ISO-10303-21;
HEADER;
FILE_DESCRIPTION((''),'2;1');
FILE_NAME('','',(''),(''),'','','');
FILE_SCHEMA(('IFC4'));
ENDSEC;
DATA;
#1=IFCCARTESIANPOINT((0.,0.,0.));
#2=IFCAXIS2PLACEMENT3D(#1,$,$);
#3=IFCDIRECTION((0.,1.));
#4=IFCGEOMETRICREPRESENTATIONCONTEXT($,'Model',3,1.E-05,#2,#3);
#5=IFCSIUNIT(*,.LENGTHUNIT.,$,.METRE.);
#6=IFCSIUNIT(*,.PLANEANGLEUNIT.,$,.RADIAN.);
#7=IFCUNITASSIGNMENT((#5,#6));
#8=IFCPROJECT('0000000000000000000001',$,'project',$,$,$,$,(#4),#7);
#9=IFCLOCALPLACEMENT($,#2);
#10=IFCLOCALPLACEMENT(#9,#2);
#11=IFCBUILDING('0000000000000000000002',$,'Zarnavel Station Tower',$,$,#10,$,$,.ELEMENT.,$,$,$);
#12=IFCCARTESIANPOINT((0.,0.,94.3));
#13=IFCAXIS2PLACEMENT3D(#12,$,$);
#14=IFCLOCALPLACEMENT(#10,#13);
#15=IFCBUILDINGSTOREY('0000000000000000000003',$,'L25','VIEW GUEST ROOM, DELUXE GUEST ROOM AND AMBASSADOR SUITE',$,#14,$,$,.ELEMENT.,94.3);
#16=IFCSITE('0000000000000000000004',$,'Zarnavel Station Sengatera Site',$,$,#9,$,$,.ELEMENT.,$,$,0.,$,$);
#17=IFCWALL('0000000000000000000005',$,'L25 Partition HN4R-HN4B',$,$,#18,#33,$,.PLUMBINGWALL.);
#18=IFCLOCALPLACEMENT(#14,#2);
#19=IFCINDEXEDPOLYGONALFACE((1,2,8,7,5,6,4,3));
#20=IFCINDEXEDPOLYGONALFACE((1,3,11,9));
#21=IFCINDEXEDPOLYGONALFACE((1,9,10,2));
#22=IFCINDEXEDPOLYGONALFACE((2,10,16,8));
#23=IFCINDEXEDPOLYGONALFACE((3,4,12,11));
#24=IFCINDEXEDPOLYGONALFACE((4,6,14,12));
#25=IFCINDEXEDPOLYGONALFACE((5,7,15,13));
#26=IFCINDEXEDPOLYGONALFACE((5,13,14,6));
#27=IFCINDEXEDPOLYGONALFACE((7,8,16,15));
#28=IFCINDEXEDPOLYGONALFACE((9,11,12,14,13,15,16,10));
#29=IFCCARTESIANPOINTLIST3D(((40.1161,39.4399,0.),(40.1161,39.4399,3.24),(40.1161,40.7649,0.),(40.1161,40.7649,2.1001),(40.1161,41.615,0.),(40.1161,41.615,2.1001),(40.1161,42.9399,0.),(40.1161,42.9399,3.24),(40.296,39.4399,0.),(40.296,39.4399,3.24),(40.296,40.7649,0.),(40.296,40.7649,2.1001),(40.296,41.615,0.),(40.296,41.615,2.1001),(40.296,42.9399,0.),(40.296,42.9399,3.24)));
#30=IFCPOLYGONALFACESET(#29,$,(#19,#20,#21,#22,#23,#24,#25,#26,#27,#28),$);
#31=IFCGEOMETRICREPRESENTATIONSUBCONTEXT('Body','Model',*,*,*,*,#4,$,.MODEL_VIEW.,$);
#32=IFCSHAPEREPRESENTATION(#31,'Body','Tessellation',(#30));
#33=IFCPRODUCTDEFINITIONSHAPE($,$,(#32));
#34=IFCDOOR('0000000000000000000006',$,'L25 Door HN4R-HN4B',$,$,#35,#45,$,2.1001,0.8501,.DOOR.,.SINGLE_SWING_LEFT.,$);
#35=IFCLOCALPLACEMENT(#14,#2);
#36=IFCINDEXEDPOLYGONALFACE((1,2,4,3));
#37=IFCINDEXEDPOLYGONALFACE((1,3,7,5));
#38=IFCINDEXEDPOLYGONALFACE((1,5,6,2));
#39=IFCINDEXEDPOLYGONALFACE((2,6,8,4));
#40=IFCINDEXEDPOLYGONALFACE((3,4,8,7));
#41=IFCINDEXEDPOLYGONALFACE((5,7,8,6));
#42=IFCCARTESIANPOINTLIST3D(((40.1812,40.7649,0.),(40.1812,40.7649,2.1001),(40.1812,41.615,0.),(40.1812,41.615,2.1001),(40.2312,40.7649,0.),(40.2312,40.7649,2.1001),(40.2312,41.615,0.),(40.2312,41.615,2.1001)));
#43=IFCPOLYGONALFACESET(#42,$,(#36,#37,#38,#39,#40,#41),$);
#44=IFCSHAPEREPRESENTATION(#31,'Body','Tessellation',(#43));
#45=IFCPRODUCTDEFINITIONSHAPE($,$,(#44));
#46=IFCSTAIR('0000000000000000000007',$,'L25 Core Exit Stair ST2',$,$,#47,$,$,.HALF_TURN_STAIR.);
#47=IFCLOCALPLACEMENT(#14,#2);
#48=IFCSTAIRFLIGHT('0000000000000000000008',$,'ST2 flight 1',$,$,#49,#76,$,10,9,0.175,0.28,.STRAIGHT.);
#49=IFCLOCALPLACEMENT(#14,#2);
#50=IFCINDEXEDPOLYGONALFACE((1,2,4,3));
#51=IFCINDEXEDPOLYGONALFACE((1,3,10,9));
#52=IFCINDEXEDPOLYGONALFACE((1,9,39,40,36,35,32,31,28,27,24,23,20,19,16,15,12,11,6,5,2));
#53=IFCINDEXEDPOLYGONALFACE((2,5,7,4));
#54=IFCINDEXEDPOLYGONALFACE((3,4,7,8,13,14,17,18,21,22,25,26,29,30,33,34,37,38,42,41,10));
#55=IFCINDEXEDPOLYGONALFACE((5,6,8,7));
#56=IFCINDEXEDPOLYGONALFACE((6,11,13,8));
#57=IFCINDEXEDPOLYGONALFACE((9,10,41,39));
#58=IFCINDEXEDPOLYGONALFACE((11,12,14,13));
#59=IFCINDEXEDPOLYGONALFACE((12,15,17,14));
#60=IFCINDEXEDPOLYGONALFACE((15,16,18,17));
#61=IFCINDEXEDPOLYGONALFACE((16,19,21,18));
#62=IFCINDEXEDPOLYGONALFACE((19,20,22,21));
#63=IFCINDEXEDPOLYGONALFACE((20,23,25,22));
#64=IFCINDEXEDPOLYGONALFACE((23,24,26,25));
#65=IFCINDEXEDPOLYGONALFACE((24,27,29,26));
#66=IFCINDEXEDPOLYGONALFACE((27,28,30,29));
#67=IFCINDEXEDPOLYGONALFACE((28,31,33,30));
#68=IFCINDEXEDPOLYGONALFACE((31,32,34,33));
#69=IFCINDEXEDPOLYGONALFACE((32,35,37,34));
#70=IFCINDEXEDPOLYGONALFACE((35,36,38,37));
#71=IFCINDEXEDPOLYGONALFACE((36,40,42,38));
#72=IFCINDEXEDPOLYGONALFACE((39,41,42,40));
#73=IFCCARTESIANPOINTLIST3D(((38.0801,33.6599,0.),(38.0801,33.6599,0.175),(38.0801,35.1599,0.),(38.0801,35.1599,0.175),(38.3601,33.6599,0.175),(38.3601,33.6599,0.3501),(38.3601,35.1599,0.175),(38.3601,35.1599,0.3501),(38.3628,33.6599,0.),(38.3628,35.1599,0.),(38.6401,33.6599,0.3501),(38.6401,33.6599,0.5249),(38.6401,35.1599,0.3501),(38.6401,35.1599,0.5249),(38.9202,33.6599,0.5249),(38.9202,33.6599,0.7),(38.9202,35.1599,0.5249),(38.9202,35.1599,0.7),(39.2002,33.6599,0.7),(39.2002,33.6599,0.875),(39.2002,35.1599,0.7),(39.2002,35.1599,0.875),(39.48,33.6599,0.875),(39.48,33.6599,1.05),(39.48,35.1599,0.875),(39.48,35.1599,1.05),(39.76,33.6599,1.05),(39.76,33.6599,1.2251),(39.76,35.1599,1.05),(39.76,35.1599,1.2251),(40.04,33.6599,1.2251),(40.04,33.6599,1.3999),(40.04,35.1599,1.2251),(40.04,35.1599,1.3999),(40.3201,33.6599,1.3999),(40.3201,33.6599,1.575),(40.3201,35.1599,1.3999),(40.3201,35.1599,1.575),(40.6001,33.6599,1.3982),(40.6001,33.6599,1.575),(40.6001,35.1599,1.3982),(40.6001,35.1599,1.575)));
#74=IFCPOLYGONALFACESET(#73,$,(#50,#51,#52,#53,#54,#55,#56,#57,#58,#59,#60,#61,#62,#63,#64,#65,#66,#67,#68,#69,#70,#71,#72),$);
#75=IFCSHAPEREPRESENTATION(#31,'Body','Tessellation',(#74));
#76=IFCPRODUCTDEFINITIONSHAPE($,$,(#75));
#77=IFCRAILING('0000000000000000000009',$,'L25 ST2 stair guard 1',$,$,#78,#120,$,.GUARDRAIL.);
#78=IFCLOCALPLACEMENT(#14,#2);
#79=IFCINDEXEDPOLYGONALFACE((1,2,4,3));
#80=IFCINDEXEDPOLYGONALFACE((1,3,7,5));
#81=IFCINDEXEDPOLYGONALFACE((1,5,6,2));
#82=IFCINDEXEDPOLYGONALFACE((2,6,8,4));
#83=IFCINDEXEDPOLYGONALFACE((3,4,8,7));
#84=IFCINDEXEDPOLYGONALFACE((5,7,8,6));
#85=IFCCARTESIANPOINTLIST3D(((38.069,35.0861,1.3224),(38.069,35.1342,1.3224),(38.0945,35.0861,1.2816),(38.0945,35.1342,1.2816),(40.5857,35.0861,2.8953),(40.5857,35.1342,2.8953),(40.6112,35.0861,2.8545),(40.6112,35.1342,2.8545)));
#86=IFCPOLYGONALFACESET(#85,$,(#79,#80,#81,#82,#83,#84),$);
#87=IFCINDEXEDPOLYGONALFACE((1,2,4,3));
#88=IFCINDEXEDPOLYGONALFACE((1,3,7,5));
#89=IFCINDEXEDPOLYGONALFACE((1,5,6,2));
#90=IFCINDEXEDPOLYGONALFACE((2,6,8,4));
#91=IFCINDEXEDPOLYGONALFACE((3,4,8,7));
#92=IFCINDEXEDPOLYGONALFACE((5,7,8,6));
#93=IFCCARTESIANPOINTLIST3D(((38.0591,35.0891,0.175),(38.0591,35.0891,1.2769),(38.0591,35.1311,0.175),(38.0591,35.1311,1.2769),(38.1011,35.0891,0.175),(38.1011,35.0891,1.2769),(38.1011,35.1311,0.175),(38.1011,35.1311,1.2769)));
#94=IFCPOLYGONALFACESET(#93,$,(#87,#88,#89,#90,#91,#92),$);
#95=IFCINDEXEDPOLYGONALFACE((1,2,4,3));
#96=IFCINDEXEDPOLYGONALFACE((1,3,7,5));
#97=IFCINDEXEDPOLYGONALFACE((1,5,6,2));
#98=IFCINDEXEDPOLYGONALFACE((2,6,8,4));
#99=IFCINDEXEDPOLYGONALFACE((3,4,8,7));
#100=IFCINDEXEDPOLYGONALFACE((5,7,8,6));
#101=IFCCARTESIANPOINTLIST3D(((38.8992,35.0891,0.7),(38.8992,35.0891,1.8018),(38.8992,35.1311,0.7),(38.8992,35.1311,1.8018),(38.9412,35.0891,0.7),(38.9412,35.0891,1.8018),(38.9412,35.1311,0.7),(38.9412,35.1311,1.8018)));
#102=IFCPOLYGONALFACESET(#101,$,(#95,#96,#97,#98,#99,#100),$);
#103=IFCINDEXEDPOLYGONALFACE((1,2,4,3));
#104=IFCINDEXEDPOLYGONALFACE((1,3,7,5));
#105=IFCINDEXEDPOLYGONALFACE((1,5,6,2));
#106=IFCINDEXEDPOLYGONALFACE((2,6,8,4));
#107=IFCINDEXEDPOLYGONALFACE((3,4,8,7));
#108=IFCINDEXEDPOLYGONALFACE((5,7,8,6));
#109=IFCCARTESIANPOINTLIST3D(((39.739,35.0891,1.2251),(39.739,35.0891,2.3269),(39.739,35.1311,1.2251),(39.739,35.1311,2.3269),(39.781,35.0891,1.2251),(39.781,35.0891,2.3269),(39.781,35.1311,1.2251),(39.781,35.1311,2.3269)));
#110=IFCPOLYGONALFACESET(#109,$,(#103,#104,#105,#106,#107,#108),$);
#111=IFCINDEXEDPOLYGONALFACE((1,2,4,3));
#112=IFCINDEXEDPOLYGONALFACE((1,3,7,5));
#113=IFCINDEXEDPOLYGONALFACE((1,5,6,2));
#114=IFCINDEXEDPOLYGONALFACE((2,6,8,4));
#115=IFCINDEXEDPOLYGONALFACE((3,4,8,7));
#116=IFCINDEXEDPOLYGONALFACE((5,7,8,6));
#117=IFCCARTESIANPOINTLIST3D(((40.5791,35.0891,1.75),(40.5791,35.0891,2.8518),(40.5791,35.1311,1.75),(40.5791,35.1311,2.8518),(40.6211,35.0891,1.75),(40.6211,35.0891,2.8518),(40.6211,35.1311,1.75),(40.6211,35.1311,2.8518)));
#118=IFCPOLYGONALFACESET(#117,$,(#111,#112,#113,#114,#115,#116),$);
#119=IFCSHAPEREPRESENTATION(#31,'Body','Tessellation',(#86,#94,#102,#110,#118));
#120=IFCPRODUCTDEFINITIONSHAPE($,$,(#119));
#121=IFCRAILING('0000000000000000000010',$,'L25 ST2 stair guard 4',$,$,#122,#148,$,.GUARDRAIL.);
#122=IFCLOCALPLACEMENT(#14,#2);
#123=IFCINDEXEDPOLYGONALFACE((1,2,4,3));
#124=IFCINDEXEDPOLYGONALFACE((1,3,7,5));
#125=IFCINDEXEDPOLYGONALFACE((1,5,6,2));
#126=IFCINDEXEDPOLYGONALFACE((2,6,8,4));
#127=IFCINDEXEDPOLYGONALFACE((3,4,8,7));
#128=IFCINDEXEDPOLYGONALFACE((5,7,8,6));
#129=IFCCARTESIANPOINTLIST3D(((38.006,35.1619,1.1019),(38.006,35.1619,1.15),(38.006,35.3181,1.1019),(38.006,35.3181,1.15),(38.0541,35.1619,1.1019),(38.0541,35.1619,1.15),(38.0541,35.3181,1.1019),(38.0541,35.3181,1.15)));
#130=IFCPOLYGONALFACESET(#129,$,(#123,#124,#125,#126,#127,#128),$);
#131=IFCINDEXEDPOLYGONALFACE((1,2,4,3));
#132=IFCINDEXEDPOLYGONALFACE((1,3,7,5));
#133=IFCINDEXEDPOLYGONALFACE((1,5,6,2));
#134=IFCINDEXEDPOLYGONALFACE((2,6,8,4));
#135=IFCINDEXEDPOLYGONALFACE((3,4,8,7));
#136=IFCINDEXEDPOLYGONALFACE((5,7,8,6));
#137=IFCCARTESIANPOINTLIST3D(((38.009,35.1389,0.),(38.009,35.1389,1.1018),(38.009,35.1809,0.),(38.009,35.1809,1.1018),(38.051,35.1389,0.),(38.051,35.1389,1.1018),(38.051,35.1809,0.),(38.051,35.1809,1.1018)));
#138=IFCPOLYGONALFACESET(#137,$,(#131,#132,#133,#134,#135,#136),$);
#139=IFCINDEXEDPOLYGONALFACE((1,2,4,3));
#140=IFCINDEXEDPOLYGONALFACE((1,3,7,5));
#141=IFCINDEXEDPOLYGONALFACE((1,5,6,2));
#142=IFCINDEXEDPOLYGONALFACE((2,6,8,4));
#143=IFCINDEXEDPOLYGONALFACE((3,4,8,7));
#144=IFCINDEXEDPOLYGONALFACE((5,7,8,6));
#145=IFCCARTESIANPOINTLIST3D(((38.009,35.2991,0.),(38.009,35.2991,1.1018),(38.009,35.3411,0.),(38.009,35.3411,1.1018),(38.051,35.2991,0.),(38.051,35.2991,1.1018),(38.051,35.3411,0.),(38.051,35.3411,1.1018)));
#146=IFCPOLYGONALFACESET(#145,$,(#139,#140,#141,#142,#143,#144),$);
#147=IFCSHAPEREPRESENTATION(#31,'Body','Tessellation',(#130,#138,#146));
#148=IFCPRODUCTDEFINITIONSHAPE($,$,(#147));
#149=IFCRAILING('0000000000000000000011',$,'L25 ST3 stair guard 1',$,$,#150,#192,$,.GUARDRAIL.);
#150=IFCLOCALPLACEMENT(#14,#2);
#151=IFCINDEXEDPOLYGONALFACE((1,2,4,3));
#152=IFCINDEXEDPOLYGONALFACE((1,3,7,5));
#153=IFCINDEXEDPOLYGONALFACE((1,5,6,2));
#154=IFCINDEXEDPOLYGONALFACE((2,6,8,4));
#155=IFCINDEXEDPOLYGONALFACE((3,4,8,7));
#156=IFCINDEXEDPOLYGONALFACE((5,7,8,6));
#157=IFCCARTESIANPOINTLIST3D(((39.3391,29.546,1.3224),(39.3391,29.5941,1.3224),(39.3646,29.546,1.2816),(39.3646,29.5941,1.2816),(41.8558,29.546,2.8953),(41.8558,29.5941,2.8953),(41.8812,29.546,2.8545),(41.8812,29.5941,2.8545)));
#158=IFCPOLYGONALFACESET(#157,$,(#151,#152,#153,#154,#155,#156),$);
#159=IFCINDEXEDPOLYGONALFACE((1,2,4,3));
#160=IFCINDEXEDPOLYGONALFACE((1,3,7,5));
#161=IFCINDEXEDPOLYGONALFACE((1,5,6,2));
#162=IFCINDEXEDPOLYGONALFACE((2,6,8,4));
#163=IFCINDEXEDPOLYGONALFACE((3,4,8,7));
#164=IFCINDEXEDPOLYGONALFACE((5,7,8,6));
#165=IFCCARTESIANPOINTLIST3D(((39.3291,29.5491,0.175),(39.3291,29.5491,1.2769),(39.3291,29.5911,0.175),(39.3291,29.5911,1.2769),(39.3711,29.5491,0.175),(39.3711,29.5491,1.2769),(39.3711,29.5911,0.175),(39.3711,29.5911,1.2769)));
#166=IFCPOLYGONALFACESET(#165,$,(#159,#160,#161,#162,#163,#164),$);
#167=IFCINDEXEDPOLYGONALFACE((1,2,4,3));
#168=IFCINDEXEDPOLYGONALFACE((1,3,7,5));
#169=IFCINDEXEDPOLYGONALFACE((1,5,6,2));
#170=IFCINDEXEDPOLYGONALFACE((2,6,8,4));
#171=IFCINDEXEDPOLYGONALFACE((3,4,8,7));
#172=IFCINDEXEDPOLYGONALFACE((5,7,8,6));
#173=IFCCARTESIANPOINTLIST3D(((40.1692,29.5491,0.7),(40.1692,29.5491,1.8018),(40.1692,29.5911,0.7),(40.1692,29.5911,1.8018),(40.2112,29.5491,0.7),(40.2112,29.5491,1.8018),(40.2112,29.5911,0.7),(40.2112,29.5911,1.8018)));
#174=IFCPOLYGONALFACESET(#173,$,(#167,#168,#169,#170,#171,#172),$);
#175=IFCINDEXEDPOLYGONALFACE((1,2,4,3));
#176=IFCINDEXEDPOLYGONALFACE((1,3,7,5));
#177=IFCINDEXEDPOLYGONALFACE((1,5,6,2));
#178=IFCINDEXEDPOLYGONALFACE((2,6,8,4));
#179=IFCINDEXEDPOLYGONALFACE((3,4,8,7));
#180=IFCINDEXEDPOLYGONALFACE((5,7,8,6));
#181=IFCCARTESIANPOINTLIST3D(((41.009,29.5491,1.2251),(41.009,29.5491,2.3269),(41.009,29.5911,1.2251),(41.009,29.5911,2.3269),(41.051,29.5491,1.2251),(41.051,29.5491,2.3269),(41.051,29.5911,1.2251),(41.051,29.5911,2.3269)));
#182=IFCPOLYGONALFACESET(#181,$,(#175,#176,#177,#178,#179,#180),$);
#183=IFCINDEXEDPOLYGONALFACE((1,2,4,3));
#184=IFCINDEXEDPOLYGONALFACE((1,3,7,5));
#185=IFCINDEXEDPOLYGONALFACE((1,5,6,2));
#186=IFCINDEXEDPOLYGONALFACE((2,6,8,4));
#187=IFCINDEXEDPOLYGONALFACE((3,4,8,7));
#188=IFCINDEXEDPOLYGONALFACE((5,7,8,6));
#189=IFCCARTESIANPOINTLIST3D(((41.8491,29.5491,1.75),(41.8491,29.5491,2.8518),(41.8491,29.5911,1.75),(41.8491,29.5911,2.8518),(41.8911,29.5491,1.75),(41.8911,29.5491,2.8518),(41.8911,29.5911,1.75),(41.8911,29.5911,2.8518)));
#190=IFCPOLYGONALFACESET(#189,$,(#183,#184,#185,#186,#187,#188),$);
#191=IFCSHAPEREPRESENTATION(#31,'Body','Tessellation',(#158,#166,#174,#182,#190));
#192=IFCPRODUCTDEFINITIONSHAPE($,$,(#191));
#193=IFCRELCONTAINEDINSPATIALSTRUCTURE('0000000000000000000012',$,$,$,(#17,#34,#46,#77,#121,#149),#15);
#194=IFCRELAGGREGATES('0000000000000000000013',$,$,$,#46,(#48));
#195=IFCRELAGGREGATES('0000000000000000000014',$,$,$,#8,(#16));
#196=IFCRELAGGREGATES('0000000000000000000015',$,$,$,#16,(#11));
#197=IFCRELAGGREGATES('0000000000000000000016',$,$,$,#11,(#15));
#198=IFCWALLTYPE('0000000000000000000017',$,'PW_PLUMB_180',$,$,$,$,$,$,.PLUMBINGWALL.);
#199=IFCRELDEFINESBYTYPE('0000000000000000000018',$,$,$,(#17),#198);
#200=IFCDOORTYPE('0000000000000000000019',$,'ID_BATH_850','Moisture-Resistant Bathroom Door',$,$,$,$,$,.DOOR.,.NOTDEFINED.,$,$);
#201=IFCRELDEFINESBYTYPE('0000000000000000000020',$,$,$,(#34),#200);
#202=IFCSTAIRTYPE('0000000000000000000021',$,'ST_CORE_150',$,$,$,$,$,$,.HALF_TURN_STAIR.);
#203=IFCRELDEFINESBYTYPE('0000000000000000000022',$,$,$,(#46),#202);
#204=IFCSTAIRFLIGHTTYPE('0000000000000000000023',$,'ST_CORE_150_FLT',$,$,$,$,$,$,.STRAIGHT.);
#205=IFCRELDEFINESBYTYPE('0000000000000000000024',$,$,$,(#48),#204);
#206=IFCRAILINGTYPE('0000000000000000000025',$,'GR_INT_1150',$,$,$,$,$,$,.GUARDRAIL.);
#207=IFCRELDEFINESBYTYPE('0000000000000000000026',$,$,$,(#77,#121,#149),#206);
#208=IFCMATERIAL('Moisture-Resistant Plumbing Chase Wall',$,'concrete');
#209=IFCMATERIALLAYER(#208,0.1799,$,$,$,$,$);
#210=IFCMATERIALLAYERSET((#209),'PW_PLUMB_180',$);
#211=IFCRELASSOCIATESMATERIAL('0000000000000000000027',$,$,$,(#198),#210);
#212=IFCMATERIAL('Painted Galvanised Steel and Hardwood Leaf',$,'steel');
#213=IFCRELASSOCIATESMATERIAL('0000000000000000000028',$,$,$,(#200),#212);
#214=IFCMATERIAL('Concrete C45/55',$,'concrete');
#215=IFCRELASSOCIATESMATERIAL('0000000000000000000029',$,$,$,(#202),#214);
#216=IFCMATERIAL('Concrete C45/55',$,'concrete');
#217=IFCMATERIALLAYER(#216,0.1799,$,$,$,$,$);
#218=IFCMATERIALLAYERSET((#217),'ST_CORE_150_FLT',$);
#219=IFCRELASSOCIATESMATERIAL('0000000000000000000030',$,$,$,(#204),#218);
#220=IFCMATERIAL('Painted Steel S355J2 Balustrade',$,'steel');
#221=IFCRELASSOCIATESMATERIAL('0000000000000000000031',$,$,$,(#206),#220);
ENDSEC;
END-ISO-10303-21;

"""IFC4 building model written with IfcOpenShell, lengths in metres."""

from ifc_helpers import new_model, si_unit, direction, frame, frame_2d, origin, origin_2d, place, context, subcontext, project, spatial, polyline, rectangle, outline, extrude, material, layer, layer_set, type_object, element, fill, aggregate, save


model = new_model("IFC4")

# Units and contexts
model_context = context("Model", 3, precision=1e-05, world=origin(), true_north=direction((0.0, 1.0)))
body_context = subcontext(model_context, "Body", "Model", "MODEL_VIEW")
ifc_project = project(units=[si_unit("LENGTHUNIT", "METRE"), si_unit("PLANEANGLEUNIT", "RADIAN")], contexts=[model_context])

# Site, building, storey
site_placement = place(None, origin())
site = spatial("IfcSite", under=ifc_project, at=site_placement, Name="Zarnavel Station Sengatera Site", CompositionType="ELEMENT", RefElevation=0.0)
building_placement = place(site_placement, origin())
building = spatial("IfcBuilding", under=site, at=building_placement, Name="Zarnavel Station Tower", CompositionType="ELEMENT")
storey_placement = place(building_placement, frame((0.0, 0.0, 94.3)))
storey = spatial("IfcBuildingStorey", under=building, at=storey_placement, Name="L25", Description="VIEW GUEST ROOM, DELUXE GUEST ROOM AND AMBASSADOR SUITE", CompositionType="ELEMENT", Elevation=94.3)

# Wall, opening, door
ifc_material_1 = material(Name="Moisture-Resistant Plumbing Chase Wall", Category="concrete")
ifc_layer_1 = layer(ifc_material_1, 0.1799)
ifc_layer_set_1 = layer_set([ifc_layer_1], Name="PW_PLUMB_180")
wall_type_1 = type_object("IfcWallType", Name="PW_PLUMB_180", PredefinedType="PLUMBINGWALL", material=ifc_layer_set_1)
wall_1_placement = place(storey_placement, frame((40.2061, 39.4399, 0.0), z_axis=(0.0, 0.0, 1.0), x_axis=(0.0, 1.0, 0.0)))
wall_1 = element("IfcWall", 1, at=wall_1_placement, inside=storey, type_object=wall_type_1, Name="L25 Partition HN4R-HN4B", PredefinedType="PLUMBINGWALL", context=body_context, shape_type="SweptSolid", body=[
    extrude(rectangle(XDim=3.5, YDim=0.1799, at=frame_2d((1.75, 0.0))), origin(), (0.0, 0.0, 1.0), 3.24),
])
opening_1_placement = place(wall_1_placement, frame((1.325, 0.0, 0.0)))
opening_1 = element("IfcOpeningElement", 2, at=opening_1_placement, cuts=wall_1, PredefinedType="OPENING", context=body_context, shape_type="SweptSolid", body=[
    extrude(rectangle(XDim=0.8501, YDim=2.1001, at=frame_2d((0.425, 1.05))), frame((0.0, 0.0999, 0.0), z_axis=(0.0, -1.0, 0.0), x_axis=(1.0, 0.0, 0.0)), (0.0, 0.0, 1.0), 0.2),
])
ifc_material_2 = material(Name="Painted Galvanised Steel and Hardwood Leaf", Category="steel")
door_type_1 = type_object("IfcDoorType", Name="ID_BATH_850", Description="Moisture-Resistant Bathroom Door", OperationType="NOTDEFINED", PredefinedType="DOOR", material=ifc_material_2)
door_1_placement = place(opening_1_placement, origin())
door_1 = element("IfcDoor", 3, at=door_1_placement, inside=storey, type_object=door_type_1, Name="L25 Door HN4R-HN4B", OperationType="SINGLE_SWING_LEFT", OverallHeight=2.1001, OverallWidth=0.8501, PredefinedType="DOOR", context=body_context, shape_type="SweptSolid", body=[
    extrude(rectangle(XDim=0.8501, YDim=2.1001, at=frame_2d((0.425, 1.05))), frame((0.0, 0.0249, 0.0), z_axis=(0.0, -1.0, 0.0), x_axis=(1.0, 0.0, 0.0)), (0.0, 0.0, 1.0), 0.05),
])
fill(opening_1, door_1)

# Stair, stair flight
ifc_material_3 = material(Name="Concrete C45/55", Category="concrete")
stair_type = type_object("IfcStairType", Name="ST_CORE_150", PredefinedType="HALF_TURN_STAIR", material=ifc_material_3)
stair_placement = place(storey_placement, origin())
stair = element("IfcStair", 4, at=stair_placement, inside=storey, type_object=stair_type, Name="L25 Core Exit Stair ST2", PredefinedType="HALF_TURN_STAIR")
ifc_material_4 = material(Name="Concrete C45/55", Category="concrete")
ifc_layer_2 = layer(ifc_material_4, 0.1799)
ifc_layer_set_2 = layer_set([ifc_layer_2], Name="ST_CORE_150_FLT")
stair_flight_type = type_object("IfcStairFlightType", Name="ST_CORE_150_FLT", PredefinedType="STRAIGHT", material=ifc_layer_set_2)
stair_flight_placement = place(storey_placement, frame((38.0801, 34.4099, 0.0), z_axis=(0.0, 0.0, 1.0), x_axis=(1.0, 0.0, 0.0)))
stair_flight = element("IfcStairFlight", 5, at=stair_flight_placement, type_object=stair_flight_type, Name="ST2 flight 1", NumberOfRisers=10, NumberOfTreads=9, PredefinedType="STRAIGHT", RiserHeight=0.175, TreadLength=0.28, context=body_context, shape_type="SweptSolid", body=[
    extrude(outline(polyline([(0.0, 0.0), (0.0, 0.175), (0.28, 0.175), (0.28, 0.3501), (0.5601, 0.3501), (0.5601, 0.5249), (0.8401, 0.5249), (0.8401, 0.7), (1.1201, 0.7), (1.1201, 0.875), (1.3999, 0.875), (1.3999, 1.05), (1.6799, 1.05), (1.6799, 1.2251), (1.96, 1.2251), (1.96, 1.3999), (2.24, 1.3999), (2.24, 1.575), (2.52, 1.575), (2.52, 1.75), (2.52, 1.3982), (0.2827, 0.0), (0.0, 0.0)])), frame((0.0, 0.75, 0.0), z_axis=(0.0, -1.0, 0.0), x_axis=(1.0, 0.0, 0.0)), (0.0, 0.0, 1.0), 1.5),
])
aggregate(stair, [stair_flight])

# Railings
ifc_material_5 = material(Name="Painted Steel S355J2 Balustrade", Category="steel")
railing_type_1 = type_object("IfcRailingType", Name="GR_INT_1150", PredefinedType="GUARDRAIL", material=ifc_material_5)
railing_1_placement = place(storey_placement, frame((38.0801, 35.1101, 0.175)))
element("IfcRailing", 6, at=railing_1_placement, inside=storey, type_object=railing_type_1, Name="L25 ST2 stair guard 1", PredefinedType="GUARDRAIL", context=body_context, shape_type="SweptSolid", body=[
    extrude(rectangle(XDim=0.0481, YDim=0.0481, at=origin_2d()), frame((0.0017, 0.0, 1.127), z_axis=(0.848008, 0.0, 0.529984), x_axis=(0.0, 1.0, 0.0)), (0.0, 0.0, 1.0), 2.9678),
    extrude(rectangle(XDim=0.042, YDim=0.042, at=origin_2d()), origin(), (0.0, 0.0, 1.0), 1.1018),
    extrude(rectangle(XDim=0.042, YDim=0.042, at=origin_2d()), frame((0.8401, 0.0, 0.5249)), (0.0, 0.0, 1.0), 1.1018),
    extrude(rectangle(XDim=0.042, YDim=0.042, at=origin_2d()), frame((1.6799, 0.0, 1.05)), (0.0, 0.0, 1.0), 1.1018),
    extrude(rectangle(XDim=0.042, YDim=0.042, at=origin_2d()), frame((2.52, 0.0, 1.575)), (0.0, 0.0, 1.0), 1.1018),
])
railing_2_placement = place(storey_placement, frame((38.03, 35.1599, 0.0)))
element("IfcRailing", 7, at=railing_2_placement, inside=storey, type_object=railing_type_1, Name="L25 ST2 stair guard 4", PredefinedType="GUARDRAIL", context=body_context, shape_type="SweptSolid", body=[
    extrude(rectangle(XDim=0.0481, YDim=0.0481, at=origin_2d()), frame((0.0, 0.002, 1.126), z_axis=(0.0, 1.0, 0.0), x_axis=(-1.0, 0.0, 0.0)), (0.0, 0.0, 1.0), 0.1562),
    extrude(rectangle(XDim=0.042, YDim=0.042, at=origin_2d()), origin(), (0.0, 0.0, 1.0), 1.1018),
    extrude(rectangle(XDim=0.042, YDim=0.042, at=origin_2d()), frame((0.0, 0.1602, 0.0)), (0.0, 0.0, 1.0), 1.1018),
])
railing_3_placement = place(storey_placement, frame((39.3501, 29.5701, 0.175)))
element("IfcRailing", 8, at=railing_3_placement, inside=storey, type_object=railing_type_1, Name="L25 ST3 stair guard 1", PredefinedType="GUARDRAIL", context=body_context, shape_type="SweptSolid", body=[
    extrude(rectangle(XDim=0.0481, YDim=0.0481, at=origin_2d()), frame((0.0017, 0.0, 1.127), z_axis=(0.848008, 0.0, 0.529984), x_axis=(0.0, 1.0, 0.0)), (0.0, 0.0, 1.0), 2.9678),
    extrude(rectangle(XDim=0.042, YDim=0.042, at=origin_2d()), origin(), (0.0, 0.0, 1.0), 1.1018),
    extrude(rectangle(XDim=0.042, YDim=0.042, at=origin_2d()), frame((0.8401, 0.0, 0.5249)), (0.0, 0.0, 1.0), 1.1018),
    extrude(rectangle(XDim=0.042, YDim=0.042, at=origin_2d()), frame((1.6799, 0.0, 1.05)), (0.0, 0.0, 1.0), 1.1018),
    extrude(rectangle(XDim=0.042, YDim=0.042, at=origin_2d()), frame((2.52, 0.0, 1.575)), (0.0, 0.0, 1.0), 1.1018),
])

save(model, "model.ifc")
